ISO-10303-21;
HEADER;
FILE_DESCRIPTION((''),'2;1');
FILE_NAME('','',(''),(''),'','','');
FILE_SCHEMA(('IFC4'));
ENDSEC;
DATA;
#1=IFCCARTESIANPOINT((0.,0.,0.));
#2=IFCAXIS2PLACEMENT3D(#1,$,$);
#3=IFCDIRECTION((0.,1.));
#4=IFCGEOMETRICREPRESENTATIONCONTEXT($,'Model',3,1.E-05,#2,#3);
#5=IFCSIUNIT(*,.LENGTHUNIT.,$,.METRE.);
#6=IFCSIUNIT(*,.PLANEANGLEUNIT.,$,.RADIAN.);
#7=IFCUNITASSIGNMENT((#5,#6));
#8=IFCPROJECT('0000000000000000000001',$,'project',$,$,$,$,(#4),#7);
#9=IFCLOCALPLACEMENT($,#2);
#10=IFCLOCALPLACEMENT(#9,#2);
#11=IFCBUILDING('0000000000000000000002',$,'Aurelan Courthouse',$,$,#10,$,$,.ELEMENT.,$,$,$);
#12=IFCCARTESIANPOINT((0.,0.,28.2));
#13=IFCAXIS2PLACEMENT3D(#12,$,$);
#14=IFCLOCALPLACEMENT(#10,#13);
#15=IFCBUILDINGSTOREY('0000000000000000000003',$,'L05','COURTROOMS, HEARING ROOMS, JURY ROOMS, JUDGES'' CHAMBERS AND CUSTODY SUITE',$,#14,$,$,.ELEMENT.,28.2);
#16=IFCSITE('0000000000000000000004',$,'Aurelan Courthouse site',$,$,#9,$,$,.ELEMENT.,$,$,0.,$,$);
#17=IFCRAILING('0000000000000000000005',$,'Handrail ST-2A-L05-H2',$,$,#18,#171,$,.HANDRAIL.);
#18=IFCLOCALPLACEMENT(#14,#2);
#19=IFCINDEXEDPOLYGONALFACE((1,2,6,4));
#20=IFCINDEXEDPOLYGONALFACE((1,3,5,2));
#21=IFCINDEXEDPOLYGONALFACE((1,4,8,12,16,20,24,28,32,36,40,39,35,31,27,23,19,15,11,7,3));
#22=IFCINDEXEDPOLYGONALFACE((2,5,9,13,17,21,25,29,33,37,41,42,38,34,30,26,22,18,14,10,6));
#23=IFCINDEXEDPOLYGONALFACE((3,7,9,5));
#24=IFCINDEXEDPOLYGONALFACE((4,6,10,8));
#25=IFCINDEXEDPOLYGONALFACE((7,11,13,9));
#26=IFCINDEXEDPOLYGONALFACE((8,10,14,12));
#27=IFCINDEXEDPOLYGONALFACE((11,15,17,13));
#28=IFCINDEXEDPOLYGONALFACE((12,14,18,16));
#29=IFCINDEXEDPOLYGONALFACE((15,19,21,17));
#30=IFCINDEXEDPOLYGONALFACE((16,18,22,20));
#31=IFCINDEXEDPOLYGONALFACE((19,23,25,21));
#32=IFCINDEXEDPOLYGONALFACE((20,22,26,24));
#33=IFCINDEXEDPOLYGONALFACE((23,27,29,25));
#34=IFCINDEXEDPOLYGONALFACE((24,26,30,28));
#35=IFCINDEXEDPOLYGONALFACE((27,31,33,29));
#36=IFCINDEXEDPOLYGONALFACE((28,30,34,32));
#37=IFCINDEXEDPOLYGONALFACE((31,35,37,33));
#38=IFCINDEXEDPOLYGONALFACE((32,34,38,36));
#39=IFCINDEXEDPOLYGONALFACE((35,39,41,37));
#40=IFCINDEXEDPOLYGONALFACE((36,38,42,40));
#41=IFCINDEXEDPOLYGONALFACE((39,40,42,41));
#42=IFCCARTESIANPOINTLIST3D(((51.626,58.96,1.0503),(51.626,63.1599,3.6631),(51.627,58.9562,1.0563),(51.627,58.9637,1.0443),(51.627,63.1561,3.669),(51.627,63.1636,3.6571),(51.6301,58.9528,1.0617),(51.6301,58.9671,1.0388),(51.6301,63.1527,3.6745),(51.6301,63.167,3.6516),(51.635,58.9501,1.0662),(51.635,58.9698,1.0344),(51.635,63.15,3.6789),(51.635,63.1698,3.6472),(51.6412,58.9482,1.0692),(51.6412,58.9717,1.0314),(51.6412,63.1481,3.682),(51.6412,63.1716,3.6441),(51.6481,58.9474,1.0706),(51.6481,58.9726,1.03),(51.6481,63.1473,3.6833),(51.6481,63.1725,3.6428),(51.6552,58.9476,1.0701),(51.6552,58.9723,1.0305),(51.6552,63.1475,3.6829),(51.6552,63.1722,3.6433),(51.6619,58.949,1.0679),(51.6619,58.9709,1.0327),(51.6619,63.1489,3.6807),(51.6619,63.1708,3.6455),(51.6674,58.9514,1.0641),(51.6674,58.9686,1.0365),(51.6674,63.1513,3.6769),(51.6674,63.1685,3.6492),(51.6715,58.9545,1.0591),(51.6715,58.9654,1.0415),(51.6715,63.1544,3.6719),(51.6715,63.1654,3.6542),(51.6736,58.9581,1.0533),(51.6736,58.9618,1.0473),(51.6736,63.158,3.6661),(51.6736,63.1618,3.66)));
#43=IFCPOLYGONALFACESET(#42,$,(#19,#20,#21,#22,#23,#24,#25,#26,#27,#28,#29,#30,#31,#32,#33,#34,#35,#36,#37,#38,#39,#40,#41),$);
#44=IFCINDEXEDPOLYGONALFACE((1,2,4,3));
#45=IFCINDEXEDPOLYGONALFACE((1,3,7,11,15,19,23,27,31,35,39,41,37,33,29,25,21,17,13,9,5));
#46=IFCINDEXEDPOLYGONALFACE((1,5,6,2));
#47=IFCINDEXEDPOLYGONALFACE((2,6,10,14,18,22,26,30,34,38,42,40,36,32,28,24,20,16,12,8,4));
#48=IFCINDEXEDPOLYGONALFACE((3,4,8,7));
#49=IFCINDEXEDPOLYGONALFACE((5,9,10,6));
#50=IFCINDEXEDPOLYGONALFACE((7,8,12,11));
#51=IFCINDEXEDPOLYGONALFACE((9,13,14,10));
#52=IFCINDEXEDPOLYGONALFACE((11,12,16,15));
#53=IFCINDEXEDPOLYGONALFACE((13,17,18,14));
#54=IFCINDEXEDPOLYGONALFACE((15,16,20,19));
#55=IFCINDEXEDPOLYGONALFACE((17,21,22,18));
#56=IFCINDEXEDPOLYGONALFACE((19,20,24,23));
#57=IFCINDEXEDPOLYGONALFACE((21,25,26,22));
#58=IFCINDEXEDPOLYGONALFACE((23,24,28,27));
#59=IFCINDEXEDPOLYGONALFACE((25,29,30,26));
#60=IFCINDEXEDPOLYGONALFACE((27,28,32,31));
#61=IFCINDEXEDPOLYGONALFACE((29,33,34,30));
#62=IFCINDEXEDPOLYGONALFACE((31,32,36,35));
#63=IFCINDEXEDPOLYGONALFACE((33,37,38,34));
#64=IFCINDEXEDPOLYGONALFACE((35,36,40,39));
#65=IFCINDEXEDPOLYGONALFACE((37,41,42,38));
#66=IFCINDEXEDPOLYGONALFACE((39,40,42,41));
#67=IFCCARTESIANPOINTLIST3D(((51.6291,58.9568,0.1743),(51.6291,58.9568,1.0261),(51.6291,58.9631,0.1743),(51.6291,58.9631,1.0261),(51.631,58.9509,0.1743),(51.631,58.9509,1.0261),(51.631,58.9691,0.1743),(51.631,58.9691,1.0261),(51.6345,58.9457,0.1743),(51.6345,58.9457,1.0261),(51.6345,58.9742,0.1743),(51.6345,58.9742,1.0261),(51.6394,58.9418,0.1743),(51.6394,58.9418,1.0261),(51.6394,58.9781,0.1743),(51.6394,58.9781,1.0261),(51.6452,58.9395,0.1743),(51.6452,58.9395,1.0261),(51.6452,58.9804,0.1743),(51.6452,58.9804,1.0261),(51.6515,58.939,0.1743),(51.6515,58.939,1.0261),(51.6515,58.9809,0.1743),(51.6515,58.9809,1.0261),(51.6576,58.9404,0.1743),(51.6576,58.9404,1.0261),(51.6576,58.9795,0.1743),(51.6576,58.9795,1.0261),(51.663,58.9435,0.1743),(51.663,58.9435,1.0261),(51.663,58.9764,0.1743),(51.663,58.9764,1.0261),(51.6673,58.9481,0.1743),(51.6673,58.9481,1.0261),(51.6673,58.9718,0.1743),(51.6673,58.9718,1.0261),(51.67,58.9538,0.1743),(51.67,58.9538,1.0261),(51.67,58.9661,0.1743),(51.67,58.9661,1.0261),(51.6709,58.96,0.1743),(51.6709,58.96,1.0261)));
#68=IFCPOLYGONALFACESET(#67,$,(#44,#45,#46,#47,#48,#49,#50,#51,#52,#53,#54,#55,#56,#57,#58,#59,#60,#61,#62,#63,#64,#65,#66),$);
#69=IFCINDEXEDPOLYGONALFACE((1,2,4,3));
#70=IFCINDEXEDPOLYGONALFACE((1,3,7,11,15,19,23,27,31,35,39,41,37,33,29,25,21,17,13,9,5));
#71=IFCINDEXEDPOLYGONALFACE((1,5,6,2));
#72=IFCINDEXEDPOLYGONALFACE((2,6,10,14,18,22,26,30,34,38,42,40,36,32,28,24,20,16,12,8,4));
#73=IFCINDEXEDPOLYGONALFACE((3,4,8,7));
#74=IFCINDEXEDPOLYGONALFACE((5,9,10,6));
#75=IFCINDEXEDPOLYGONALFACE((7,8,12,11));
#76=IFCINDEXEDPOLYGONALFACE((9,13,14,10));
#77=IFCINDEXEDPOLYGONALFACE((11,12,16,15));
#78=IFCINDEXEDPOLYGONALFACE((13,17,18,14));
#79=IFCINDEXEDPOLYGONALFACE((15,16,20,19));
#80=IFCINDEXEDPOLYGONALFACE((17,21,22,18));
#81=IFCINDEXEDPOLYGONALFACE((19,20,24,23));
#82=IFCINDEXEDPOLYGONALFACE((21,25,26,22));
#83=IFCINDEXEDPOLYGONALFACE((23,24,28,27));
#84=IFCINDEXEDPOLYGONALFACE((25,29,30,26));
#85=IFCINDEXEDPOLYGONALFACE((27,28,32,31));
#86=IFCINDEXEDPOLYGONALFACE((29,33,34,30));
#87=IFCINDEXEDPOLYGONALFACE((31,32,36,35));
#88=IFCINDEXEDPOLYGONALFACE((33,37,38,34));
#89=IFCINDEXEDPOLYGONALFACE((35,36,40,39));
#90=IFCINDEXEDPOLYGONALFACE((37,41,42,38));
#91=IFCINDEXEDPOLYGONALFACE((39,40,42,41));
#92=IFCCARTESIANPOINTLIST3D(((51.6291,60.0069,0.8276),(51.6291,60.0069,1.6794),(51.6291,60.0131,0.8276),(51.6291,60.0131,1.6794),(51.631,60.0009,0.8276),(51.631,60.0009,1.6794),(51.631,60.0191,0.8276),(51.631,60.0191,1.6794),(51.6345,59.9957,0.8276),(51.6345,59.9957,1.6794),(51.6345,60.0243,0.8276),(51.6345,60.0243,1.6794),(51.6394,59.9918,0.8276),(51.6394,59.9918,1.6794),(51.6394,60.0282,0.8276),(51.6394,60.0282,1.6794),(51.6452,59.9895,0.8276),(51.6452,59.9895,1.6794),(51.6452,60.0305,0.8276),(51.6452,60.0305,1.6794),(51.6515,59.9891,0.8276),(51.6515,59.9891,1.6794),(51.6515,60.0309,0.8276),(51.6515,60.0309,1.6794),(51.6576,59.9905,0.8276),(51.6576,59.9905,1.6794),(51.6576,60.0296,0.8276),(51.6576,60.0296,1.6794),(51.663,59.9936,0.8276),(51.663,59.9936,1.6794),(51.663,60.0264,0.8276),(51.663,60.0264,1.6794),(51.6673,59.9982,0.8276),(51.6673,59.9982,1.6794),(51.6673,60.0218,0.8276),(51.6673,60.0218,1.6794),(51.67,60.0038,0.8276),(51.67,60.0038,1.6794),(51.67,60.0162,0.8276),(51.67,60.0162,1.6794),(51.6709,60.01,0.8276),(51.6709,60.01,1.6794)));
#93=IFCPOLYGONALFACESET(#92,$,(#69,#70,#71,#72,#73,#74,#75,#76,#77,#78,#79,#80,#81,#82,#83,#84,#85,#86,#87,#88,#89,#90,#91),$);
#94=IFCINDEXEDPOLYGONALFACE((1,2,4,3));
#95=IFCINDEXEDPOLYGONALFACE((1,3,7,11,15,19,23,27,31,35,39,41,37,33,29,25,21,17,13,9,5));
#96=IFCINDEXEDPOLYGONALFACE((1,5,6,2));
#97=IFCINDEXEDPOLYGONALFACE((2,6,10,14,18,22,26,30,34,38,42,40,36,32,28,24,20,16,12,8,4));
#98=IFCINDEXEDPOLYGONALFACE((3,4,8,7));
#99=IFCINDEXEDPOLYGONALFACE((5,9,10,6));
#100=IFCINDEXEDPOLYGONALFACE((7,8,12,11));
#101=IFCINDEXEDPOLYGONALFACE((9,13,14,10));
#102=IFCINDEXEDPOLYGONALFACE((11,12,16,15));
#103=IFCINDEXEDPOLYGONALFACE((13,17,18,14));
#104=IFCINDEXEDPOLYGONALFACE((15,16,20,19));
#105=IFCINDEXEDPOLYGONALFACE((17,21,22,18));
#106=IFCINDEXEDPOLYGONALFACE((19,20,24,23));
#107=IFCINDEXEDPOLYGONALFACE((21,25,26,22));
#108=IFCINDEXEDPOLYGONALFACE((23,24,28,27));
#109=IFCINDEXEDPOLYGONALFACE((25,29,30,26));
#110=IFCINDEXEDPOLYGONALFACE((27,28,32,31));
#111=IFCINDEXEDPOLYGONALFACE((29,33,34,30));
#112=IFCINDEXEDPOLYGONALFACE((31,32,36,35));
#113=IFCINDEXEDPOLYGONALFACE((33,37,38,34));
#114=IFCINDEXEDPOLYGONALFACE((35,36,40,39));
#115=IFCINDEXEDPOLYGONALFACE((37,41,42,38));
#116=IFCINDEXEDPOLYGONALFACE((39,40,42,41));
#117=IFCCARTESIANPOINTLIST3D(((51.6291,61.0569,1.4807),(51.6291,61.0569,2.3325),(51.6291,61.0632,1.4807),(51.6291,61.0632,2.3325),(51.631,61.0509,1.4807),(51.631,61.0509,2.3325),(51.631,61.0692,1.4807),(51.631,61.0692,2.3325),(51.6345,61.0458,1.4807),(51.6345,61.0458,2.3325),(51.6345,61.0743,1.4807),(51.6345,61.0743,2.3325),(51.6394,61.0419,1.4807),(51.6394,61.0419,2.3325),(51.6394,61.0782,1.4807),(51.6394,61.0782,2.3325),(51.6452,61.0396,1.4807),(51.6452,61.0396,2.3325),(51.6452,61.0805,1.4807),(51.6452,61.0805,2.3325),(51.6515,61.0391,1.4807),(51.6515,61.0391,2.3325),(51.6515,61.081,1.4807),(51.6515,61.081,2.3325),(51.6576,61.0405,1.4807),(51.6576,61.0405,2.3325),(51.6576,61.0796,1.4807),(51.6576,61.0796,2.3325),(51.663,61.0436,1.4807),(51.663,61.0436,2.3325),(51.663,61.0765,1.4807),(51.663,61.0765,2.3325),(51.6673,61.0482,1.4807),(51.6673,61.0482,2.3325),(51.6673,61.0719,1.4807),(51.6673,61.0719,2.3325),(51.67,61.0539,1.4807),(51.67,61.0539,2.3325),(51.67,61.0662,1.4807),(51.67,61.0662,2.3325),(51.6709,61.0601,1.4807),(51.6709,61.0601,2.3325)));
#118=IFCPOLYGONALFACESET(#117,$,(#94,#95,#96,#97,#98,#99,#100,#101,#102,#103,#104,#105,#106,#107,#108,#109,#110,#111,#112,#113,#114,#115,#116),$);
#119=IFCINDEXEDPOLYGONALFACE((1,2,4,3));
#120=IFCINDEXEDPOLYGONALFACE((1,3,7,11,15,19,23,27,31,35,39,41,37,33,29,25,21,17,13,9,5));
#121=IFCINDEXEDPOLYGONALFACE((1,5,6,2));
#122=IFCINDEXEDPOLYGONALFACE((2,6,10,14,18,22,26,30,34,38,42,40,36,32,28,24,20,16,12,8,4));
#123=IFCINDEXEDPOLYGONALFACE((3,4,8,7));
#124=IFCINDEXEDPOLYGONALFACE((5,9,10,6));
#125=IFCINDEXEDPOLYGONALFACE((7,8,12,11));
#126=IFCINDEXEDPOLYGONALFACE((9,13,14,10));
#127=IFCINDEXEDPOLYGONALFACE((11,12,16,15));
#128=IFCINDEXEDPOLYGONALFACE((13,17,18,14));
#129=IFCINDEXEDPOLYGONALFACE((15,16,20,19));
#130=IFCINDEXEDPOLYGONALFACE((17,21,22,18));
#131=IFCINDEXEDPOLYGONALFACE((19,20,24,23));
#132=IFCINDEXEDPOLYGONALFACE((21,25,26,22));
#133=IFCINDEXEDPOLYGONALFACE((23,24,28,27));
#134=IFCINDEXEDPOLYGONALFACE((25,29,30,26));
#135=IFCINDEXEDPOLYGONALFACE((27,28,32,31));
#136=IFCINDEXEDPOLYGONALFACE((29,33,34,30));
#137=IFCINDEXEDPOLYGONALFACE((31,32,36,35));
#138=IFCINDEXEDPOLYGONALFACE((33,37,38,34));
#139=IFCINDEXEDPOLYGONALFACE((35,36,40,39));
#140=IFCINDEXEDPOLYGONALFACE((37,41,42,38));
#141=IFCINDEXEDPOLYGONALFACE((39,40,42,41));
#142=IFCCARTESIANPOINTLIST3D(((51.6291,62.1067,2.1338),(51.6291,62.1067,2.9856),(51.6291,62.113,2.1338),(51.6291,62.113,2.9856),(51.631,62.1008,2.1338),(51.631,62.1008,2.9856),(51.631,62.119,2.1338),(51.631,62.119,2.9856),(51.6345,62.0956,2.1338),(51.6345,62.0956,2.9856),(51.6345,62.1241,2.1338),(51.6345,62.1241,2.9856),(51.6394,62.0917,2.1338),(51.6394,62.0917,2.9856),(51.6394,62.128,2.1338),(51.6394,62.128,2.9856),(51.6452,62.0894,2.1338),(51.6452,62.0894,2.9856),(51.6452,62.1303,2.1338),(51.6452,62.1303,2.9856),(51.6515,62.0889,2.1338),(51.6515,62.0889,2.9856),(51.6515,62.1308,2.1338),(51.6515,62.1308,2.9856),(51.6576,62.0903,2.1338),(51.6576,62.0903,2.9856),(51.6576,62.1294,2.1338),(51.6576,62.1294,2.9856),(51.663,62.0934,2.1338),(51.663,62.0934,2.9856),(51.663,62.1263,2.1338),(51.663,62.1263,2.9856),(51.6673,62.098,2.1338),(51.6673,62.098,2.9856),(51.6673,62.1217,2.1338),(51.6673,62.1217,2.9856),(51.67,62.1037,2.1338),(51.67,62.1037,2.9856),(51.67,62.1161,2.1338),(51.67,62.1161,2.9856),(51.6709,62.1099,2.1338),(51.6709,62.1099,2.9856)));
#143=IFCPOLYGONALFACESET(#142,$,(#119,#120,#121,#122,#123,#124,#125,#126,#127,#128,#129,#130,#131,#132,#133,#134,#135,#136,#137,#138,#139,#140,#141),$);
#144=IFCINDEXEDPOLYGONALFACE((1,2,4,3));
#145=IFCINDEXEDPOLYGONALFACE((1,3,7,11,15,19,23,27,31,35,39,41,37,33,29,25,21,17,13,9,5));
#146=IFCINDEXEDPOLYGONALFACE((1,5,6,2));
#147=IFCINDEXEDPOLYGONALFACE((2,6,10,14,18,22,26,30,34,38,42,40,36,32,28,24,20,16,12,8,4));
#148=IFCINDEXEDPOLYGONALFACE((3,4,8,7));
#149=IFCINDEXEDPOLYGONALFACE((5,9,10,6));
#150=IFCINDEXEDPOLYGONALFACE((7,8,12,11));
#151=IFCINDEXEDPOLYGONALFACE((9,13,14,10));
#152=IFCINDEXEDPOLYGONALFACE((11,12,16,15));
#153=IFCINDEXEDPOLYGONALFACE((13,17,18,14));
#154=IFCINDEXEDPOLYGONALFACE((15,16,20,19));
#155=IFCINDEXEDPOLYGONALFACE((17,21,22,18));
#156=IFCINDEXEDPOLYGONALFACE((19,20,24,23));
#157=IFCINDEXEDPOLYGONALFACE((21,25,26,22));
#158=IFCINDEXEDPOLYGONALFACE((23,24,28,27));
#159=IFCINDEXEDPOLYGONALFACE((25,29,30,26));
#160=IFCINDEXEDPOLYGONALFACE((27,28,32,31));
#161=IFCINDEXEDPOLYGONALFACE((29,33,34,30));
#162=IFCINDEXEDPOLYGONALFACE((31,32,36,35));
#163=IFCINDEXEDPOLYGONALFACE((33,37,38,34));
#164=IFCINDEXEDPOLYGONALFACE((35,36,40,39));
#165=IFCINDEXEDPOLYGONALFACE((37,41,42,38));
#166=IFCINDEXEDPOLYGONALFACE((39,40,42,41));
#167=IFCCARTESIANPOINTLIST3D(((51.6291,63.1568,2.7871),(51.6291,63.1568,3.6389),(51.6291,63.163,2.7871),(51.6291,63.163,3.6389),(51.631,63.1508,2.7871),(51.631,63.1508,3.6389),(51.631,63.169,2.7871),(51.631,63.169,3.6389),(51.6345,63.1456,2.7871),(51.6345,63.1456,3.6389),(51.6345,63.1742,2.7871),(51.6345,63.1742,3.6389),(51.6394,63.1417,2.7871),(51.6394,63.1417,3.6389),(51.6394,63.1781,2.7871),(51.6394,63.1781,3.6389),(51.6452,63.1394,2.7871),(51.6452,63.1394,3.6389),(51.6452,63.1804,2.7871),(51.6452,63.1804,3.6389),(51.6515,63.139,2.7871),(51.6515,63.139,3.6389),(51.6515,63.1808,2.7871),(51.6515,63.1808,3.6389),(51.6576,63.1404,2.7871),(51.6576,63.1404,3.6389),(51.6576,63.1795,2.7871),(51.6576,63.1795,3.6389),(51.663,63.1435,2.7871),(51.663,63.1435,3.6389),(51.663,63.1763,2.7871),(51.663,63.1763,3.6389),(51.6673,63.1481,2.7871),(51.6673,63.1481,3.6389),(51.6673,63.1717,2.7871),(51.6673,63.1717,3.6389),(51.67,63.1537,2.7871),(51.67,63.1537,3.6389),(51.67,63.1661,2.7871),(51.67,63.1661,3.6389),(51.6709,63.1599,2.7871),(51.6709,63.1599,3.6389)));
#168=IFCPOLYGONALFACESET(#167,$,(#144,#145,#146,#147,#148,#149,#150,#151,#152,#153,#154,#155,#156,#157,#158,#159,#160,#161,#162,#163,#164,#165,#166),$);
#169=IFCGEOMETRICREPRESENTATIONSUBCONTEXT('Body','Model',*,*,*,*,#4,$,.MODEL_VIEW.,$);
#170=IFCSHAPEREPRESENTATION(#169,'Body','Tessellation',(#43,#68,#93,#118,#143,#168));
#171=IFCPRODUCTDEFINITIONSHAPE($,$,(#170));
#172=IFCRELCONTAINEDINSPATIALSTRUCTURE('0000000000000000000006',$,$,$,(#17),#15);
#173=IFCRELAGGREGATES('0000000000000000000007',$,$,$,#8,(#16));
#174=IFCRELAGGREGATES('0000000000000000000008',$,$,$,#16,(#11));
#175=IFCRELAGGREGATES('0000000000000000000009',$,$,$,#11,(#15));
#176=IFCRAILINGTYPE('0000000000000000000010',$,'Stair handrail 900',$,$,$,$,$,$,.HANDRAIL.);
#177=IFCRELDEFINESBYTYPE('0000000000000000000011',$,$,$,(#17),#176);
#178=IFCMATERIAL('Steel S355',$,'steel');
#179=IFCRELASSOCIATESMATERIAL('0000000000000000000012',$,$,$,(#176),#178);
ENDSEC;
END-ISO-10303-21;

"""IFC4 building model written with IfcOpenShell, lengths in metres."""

from ifc_helpers import new_model, si_unit, direction, frame, origin, origin_2d, place, context, subcontext, project, spatial, circle, extrude, material, type_object, element, save


model = new_model("IFC4")

# Units and contexts
model_context = context("Model", 3, precision=1e-05, world=origin(), true_north=direction((0.0, 1.0)))
body_context = subcontext(model_context, "Body", "Model", "MODEL_VIEW")
ifc_project = project(units=[si_unit("LENGTHUNIT", "METRE"), si_unit("PLANEANGLEUNIT", "RADIAN")], contexts=[model_context])

# Site, building, storey
site_placement = place(None, origin())
site = spatial("IfcSite", under=ifc_project, at=site_placement, Name="Aurelan Courthouse site", CompositionType="ELEMENT", RefElevation=0.0)
building_placement = place(site_placement, origin())
building = spatial("IfcBuilding", under=site, at=building_placement, Name="Aurelan Courthouse", CompositionType="ELEMENT")
storey_placement = place(building_placement, frame((0.0, 0.0, 28.2)))
storey = spatial("IfcBuildingStorey", under=building, at=storey_placement, Name="L05", Description="COURTROOMS, HEARING ROOMS, JURY ROOMS, JUDGES' CHAMBERS AND CUSTODY SUITE", CompositionType="ELEMENT", Elevation=28.2)

# Railing
ifc_material_1 = material(Name="Steel S355", Category="steel")
railing_type = type_object("IfcRailingType", Name="Stair handrail 900", PredefinedType="HANDRAIL", material=ifc_material_1)
for number, where, name in (
    (1, (51.6499, 58.96, 0.1743), "Handrail ST-2A-L05-H2"),
):
    element("IfcRailing", number, at=place(storey_placement, frame(where)), inside=storey, type_object=railing_type, Name=name, PredefinedType="HANDRAIL", context=body_context, shape_type="SweptSolid", body=[
        extrude(circle(Radius=0.0239, at=origin_2d()), frame((0.0, 0.0, 0.876), z_axis=(0.0, 0.849103, 0.528228), x_axis=(-1.0, 0.0, 0.0)), (0.0, 0.0, 1.0), 4.9463),
        extrude(circle(Radius=0.021, at=origin_2d()), origin(), (0.0, 0.0, 1.0), 0.8518),
        extrude(circle(Radius=0.021, at=origin_2d()), frame((0.0, 1.05, 0.6533)), (0.0, 0.0, 1.0), 0.8518),
        extrude(circle(Radius=0.021, at=origin_2d()), frame((0.0, 2.1001, 1.3064)), (0.0, 0.0, 1.0), 0.8518),
        extrude(circle(Radius=0.021, at=origin_2d()), frame((0.0, 3.1499, 1.9595)), (0.0, 0.0, 1.0), 0.8518),
        extrude(circle(Radius=0.021, at=origin_2d()), frame((0.0, 4.2, 2.6128)), (0.0, 0.0, 1.0), 0.8518),
    ])

save(model, "model.ifc")
